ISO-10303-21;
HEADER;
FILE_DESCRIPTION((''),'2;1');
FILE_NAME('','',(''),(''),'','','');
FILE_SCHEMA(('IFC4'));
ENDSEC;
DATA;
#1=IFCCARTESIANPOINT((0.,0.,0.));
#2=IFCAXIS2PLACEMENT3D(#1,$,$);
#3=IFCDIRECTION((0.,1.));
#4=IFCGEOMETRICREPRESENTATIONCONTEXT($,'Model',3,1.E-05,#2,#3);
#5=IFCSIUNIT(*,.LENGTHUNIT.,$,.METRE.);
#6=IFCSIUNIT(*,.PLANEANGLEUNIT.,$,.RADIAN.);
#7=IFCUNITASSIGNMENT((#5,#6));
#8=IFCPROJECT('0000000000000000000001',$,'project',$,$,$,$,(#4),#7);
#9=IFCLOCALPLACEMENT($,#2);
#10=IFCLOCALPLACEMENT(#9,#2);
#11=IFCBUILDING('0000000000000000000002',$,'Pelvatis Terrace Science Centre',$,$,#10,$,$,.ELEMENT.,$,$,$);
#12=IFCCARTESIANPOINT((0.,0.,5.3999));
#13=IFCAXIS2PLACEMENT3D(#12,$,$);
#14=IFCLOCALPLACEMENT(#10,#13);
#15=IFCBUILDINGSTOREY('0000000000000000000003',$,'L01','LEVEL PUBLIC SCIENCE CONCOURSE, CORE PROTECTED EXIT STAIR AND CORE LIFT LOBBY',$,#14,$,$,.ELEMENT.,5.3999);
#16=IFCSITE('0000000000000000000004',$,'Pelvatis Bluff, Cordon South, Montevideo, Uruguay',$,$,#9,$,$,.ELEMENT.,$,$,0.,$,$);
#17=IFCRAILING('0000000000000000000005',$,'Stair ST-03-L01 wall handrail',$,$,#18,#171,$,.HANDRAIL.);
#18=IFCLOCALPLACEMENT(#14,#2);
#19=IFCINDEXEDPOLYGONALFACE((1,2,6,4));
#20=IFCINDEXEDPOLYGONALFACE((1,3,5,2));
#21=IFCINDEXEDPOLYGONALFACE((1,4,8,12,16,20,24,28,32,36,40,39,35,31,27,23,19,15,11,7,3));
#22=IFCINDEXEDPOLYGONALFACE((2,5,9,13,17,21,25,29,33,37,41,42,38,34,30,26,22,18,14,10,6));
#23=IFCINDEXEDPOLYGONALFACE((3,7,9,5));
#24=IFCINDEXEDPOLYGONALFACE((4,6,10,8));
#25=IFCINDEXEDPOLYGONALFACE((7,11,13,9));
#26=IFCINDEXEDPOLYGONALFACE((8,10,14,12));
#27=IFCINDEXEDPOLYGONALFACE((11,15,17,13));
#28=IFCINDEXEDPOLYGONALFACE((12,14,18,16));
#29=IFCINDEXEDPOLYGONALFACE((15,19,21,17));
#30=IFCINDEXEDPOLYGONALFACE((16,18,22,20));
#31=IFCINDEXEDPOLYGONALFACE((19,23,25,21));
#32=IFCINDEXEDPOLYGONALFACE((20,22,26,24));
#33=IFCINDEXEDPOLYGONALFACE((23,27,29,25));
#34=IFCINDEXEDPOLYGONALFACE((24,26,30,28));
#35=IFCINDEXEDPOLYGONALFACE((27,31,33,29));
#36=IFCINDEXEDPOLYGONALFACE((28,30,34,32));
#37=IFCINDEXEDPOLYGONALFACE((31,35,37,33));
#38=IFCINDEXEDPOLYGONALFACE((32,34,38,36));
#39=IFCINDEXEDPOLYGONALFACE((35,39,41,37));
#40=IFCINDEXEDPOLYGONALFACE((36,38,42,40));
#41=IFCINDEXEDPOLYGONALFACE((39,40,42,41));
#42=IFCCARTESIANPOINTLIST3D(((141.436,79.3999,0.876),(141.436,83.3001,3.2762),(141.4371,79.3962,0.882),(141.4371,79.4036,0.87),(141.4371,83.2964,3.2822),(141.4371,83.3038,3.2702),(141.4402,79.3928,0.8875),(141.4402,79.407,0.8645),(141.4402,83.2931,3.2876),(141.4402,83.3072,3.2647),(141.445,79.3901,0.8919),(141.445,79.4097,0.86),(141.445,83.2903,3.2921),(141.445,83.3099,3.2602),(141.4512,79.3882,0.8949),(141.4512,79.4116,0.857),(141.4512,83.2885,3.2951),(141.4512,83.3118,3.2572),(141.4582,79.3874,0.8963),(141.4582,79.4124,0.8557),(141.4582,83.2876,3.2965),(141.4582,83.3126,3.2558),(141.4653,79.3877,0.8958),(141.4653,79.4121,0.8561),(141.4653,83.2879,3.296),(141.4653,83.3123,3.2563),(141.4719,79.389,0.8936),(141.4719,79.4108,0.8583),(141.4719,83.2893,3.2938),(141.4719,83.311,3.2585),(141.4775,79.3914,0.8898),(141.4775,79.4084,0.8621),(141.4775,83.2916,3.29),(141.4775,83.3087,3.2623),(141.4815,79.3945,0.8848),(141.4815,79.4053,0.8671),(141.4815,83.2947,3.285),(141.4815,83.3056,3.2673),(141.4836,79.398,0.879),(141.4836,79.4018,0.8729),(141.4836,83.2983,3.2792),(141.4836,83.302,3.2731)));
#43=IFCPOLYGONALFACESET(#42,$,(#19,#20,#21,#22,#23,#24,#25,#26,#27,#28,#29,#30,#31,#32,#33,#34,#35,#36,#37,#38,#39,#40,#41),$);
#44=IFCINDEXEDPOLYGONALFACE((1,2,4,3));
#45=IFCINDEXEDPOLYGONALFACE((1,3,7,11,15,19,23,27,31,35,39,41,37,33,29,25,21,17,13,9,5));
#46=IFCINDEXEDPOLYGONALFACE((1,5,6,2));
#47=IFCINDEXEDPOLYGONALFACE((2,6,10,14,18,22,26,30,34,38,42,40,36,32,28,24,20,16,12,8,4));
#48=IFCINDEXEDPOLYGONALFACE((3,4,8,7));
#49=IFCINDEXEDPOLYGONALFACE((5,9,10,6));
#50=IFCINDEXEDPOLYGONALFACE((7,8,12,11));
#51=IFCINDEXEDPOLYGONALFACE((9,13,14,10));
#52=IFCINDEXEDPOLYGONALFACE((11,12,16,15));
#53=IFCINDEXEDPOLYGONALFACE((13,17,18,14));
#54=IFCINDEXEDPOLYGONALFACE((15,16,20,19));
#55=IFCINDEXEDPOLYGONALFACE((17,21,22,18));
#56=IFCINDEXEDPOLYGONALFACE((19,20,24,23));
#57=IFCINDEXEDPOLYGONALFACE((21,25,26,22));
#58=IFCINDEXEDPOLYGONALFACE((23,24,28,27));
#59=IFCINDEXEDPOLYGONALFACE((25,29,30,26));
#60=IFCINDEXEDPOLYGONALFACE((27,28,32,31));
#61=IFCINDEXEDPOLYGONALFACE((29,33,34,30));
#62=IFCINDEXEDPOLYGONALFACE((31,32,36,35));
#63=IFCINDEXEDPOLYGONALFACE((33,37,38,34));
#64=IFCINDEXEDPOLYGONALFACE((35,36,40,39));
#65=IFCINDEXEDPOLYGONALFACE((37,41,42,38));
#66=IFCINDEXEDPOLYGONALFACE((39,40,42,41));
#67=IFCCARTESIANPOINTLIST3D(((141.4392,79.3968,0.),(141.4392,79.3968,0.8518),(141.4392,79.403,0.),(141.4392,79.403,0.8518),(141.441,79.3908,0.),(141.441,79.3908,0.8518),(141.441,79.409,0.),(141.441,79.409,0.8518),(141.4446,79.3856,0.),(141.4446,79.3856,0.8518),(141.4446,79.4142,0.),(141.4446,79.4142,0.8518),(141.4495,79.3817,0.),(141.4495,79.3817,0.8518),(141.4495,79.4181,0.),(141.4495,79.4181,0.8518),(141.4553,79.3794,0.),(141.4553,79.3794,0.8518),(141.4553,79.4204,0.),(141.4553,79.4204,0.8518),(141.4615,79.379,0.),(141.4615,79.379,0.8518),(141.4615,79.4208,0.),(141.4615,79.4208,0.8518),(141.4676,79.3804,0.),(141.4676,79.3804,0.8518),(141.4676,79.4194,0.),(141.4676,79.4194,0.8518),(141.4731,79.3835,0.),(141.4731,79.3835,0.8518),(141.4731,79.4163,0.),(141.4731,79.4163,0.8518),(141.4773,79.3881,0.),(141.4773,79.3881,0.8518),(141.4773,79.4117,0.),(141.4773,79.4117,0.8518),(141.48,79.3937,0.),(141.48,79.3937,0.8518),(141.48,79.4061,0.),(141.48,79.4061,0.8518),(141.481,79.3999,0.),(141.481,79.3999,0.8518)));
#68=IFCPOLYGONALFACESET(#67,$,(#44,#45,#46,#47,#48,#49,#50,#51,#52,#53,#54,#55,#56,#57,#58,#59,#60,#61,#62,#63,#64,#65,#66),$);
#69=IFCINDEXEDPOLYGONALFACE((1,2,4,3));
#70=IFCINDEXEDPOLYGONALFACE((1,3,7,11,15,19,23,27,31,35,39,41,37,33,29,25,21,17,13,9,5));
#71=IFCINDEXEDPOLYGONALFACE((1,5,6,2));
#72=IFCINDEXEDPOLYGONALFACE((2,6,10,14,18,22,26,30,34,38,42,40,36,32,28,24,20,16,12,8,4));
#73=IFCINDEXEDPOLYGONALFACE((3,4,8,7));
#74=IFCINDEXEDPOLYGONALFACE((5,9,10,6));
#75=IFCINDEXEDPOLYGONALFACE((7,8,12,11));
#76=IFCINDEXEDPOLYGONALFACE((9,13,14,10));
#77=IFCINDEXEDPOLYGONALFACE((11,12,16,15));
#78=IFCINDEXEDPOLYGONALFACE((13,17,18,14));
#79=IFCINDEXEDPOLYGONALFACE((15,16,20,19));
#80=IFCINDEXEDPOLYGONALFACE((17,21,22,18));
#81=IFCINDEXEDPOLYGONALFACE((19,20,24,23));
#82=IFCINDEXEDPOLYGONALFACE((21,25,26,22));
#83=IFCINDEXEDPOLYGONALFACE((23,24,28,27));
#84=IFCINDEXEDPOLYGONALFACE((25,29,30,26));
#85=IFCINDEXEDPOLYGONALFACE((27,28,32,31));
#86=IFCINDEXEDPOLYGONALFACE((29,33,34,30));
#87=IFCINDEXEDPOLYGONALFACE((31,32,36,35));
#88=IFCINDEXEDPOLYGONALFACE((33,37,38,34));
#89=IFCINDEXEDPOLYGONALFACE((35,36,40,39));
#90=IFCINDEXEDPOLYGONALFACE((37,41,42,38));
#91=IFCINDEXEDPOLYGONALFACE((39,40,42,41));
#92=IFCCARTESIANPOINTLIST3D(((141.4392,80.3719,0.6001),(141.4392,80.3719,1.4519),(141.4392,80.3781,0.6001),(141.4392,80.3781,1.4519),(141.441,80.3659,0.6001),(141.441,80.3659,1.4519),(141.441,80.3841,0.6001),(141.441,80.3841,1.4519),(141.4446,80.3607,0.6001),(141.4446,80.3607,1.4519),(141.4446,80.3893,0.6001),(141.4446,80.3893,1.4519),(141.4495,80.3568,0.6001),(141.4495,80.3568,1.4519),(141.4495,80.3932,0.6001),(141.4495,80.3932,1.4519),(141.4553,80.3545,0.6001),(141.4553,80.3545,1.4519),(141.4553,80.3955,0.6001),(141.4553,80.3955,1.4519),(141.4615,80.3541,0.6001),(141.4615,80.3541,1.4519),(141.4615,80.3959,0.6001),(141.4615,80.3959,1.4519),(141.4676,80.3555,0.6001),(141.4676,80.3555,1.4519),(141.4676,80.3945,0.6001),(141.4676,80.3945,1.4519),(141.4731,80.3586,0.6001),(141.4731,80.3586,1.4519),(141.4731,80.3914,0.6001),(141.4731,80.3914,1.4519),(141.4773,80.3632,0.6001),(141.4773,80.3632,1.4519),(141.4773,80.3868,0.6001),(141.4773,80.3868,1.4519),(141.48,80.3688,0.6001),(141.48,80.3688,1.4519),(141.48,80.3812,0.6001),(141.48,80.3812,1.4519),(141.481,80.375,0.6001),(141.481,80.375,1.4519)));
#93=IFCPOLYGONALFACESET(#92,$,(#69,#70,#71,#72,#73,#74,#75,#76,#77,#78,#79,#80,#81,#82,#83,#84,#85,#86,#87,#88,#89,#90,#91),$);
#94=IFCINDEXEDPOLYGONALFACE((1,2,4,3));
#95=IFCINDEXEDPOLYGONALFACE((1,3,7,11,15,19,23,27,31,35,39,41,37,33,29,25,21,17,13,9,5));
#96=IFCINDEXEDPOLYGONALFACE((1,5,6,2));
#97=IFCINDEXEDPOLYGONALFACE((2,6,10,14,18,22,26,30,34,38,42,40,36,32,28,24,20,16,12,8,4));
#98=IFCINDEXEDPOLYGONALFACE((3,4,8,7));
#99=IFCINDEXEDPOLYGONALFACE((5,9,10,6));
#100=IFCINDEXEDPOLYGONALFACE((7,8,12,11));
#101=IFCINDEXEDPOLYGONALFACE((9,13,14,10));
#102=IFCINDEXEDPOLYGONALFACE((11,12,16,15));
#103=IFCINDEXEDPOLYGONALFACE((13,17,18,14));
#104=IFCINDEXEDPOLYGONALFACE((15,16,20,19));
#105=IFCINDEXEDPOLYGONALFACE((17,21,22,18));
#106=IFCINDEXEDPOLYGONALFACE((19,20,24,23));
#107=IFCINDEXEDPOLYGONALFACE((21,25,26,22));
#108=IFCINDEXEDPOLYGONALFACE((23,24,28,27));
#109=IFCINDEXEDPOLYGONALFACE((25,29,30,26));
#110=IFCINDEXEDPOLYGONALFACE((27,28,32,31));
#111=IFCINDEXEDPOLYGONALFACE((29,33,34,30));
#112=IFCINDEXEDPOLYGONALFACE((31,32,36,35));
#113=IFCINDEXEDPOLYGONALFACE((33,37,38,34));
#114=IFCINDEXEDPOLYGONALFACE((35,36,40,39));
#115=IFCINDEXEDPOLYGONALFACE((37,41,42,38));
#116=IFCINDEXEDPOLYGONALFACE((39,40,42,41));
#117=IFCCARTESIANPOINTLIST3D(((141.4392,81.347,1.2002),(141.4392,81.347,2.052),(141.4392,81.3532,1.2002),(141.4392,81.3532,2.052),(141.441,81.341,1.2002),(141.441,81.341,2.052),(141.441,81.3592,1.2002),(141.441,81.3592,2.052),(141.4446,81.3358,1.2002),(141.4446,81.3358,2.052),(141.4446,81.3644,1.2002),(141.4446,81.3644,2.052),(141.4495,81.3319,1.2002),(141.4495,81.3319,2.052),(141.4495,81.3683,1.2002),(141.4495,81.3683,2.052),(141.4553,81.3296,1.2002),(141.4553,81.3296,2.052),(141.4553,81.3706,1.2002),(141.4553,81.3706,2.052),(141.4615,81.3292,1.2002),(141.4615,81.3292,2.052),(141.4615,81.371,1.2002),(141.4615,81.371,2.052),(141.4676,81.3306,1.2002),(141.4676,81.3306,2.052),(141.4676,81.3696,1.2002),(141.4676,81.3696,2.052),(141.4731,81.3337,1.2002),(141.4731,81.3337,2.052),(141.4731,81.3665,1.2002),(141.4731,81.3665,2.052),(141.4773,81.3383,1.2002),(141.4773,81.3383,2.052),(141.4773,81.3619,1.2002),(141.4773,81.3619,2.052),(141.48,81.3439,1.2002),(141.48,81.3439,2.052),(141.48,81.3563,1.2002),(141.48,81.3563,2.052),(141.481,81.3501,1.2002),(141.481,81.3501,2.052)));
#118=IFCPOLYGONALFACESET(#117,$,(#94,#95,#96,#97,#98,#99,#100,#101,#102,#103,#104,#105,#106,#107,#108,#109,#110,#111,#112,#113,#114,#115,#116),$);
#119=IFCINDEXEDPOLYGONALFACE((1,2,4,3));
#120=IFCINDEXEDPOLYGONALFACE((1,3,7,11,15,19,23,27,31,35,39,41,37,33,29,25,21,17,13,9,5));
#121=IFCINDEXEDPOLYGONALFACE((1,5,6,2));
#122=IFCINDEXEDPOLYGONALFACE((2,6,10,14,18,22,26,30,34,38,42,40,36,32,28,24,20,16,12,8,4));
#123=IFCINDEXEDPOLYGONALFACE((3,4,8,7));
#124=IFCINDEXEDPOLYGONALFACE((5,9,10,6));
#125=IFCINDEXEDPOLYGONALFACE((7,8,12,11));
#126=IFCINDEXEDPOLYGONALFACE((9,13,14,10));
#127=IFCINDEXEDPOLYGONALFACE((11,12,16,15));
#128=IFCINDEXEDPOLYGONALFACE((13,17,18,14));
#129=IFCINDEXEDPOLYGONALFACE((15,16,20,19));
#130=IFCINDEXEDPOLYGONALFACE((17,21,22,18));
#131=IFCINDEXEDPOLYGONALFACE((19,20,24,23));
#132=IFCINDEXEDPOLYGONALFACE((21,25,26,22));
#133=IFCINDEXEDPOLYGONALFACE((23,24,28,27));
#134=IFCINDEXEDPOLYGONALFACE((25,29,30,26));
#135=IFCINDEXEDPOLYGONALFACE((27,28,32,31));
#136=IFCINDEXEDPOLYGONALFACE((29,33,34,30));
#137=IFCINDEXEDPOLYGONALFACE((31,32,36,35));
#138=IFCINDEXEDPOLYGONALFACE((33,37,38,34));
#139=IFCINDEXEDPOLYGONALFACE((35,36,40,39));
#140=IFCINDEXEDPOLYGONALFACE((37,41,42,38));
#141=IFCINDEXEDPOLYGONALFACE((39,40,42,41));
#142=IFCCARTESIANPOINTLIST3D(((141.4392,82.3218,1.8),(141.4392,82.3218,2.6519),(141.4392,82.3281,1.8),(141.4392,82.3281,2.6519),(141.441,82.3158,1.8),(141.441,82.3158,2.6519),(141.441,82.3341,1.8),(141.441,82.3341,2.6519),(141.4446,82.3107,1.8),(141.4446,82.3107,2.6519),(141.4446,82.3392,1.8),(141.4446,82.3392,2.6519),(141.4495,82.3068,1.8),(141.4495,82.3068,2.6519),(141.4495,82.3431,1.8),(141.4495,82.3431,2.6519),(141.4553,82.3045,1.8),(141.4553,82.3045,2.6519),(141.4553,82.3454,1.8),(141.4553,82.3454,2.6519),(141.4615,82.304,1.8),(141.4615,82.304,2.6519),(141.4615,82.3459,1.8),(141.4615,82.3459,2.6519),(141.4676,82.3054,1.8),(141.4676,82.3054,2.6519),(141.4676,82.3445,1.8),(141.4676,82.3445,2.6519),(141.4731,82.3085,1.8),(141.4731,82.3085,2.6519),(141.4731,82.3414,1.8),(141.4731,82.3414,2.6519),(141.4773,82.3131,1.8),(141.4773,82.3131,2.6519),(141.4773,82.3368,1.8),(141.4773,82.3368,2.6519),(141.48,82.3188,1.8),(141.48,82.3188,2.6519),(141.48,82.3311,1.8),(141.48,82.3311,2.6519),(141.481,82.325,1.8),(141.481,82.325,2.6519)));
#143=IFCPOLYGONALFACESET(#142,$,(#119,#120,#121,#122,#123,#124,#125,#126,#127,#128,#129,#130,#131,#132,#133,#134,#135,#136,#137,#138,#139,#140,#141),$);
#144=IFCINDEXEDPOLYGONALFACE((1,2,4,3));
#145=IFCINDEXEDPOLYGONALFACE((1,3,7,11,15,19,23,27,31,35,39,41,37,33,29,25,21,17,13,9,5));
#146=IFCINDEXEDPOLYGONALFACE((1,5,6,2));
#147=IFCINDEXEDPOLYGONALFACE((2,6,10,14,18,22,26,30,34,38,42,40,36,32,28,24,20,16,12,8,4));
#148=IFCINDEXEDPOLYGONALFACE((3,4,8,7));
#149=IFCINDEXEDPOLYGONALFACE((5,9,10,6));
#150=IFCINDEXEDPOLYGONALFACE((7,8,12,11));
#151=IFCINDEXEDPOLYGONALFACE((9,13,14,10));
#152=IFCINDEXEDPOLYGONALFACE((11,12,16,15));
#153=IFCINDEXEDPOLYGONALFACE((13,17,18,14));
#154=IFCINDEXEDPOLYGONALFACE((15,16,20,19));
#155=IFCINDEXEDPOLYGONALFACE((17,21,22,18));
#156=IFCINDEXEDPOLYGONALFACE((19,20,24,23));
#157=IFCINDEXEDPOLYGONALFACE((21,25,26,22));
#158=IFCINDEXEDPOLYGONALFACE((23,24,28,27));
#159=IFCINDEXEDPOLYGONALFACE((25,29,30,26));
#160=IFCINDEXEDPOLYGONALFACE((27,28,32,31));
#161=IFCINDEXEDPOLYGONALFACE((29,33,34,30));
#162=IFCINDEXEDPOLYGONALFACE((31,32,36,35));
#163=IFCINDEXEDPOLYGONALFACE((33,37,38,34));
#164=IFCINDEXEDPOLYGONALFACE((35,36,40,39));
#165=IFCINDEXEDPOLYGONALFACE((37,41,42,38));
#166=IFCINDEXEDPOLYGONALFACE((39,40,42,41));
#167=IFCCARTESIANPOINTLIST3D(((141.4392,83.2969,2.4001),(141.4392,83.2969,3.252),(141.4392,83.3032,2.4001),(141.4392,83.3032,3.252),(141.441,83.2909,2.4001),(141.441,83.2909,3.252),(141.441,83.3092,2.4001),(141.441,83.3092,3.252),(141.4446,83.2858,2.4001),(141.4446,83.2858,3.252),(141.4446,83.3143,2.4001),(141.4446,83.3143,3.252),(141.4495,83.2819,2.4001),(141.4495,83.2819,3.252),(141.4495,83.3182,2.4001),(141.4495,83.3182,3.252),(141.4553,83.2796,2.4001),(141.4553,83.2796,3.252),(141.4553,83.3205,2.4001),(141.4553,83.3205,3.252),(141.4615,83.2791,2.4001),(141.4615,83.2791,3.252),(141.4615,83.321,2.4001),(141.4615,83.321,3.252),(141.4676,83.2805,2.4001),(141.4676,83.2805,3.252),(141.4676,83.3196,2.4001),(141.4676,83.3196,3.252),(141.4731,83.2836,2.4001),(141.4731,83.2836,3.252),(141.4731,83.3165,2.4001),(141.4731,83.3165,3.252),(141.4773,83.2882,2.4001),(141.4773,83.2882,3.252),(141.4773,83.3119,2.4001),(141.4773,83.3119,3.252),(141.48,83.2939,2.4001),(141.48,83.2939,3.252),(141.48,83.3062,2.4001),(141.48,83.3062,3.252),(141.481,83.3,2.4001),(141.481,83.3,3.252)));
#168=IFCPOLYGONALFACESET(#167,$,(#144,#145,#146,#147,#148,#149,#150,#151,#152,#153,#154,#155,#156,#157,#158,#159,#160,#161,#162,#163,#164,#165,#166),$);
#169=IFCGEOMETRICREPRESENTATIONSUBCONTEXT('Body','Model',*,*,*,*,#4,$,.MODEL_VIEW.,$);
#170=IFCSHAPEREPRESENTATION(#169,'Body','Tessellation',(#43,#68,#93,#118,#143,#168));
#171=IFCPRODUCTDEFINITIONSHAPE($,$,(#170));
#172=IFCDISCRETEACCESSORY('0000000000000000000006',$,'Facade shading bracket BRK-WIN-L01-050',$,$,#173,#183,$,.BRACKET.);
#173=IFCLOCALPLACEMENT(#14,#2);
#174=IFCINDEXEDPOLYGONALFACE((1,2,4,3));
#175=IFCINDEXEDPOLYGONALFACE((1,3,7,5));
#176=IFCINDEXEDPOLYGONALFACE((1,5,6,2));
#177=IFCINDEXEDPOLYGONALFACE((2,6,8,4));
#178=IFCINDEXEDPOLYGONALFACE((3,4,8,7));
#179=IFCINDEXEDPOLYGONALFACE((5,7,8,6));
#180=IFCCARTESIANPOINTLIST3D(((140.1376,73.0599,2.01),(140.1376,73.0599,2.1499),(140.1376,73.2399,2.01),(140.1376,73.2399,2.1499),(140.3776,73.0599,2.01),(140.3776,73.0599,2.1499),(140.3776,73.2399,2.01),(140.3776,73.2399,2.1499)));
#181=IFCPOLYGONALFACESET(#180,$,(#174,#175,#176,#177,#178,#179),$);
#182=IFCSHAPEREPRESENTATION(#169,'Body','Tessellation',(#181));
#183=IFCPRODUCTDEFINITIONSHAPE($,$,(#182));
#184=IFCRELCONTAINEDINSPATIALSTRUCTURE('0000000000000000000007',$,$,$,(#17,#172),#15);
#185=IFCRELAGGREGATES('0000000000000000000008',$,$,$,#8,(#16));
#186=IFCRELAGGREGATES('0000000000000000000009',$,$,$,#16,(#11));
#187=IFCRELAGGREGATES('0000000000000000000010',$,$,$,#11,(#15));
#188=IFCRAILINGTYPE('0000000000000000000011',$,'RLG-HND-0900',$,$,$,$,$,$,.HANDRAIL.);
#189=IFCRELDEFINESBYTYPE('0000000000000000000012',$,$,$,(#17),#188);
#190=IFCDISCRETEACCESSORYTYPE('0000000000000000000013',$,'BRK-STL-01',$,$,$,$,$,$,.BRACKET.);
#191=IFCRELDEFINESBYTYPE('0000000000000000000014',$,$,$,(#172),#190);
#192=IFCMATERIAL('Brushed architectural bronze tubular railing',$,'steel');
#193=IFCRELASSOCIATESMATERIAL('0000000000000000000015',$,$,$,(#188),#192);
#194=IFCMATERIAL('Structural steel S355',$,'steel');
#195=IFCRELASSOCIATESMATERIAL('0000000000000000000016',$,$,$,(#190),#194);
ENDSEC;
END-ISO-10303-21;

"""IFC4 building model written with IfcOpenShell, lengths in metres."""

from ifc_helpers import new_model, si_unit, direction, frame, origin, origin_2d, place, context, subcontext, project, spatial, rectangle, circle, extrude, material, type_object, element, save


model = new_model("IFC4")

# Units and contexts
model_context = context("Model", 3, precision=1e-05, world=origin(), true_north=direction((0.0, 1.0)))
body_context = subcontext(model_context, "Body", "Model", "MODEL_VIEW")
ifc_project = project(units=[si_unit("LENGTHUNIT", "METRE"), si_unit("PLANEANGLEUNIT", "RADIAN")], contexts=[model_context])

# Site, building, storey
site_placement = place(None, origin())
site = spatial("IfcSite", under=ifc_project, at=site_placement, Name="Pelvatis Bluff, Cordon South, Montevideo, Uruguay", CompositionType="ELEMENT", RefElevation=0.0)
building_placement = place(site_placement, origin())
building = spatial("IfcBuilding", under=site, at=building_placement, Name="Pelvatis Terrace Science Centre", CompositionType="ELEMENT")
storey_placement = place(building_placement, frame((0.0, 0.0, 5.3999)))
storey = spatial("IfcBuildingStorey", under=building, at=storey_placement, Name="L01", Description="LEVEL PUBLIC SCIENCE CONCOURSE, CORE PROTECTED EXIT STAIR AND CORE LIFT LOBBY", CompositionType="ELEMENT", Elevation=5.3999)

# Railing
ifc_material_1 = material(Name="Brushed architectural bronze tubular railing", Category="steel")
railing_type_1 = type_object("IfcRailingType", Name="RLG-HND-0900", PredefinedType="HANDRAIL", material=ifc_material_1)
railing_1_placement = place(storey_placement, frame((141.46, 79.3999, 0.0)))
element("IfcRailing", 1, at=railing_1_placement, inside=storey, type_object=railing_type_1, Name="Stair ST-03-L01 wall handrail", PredefinedType="HANDRAIL", context=body_context, shape_type="SweptSolid", body=[
    extrude(circle(Radius=0.0239, at=origin_2d()), frame((0.0, 0.0, 0.876), z_axis=(0.0, 0.851653, 0.524106), x_axis=(-1.0, 0.0, 0.0)), (0.0, 0.0, 1.0), 4.5796),
    extrude(circle(Radius=0.021, at=origin_2d()), origin(), (0.0, 0.0, 1.0), 0.8518),
    extrude(circle(Radius=0.021, at=origin_2d()), frame((0.0, 0.9751, 0.6001)), (0.0, 0.0, 1.0), 0.8518),
    extrude(circle(Radius=0.021, at=origin_2d()), frame((0.0, 1.9502, 1.2002)), (0.0, 0.0, 1.0), 0.8518),
    extrude(circle(Radius=0.021, at=origin_2d()), frame((0.0, 2.925, 1.8)), (0.0, 0.0, 1.0), 0.8518),
    extrude(circle(Radius=0.021, at=origin_2d()), frame((0.0, 3.9001, 2.4001)), (0.0, 0.0, 1.0), 0.8518),
])

# Discrete accessory
ifc_material_2 = material(Name="Structural steel S355", Category="steel")
discrete_accessory_type = type_object("IfcDiscreteAccessoryType", Name="BRK-STL-01", PredefinedType="BRACKET", material=ifc_material_2)
discrete_accessory_placement = place(storey_placement, frame((140.2576, 73.1499, 2.01)))
element("IfcDiscreteAccessory", 2, at=discrete_accessory_placement, inside=storey, type_object=discrete_accessory_type, Name="Facade shading bracket BRK-WIN-L01-050", PredefinedType="BRACKET", context=body_context, shape_type="SweptSolid", body=[
    extrude(rectangle(XDim=0.24, YDim=0.18, at=origin_2d()), origin(), (0.0, 0.0, 1.0), 0.1399),
])

save(model, "model.ifc")
